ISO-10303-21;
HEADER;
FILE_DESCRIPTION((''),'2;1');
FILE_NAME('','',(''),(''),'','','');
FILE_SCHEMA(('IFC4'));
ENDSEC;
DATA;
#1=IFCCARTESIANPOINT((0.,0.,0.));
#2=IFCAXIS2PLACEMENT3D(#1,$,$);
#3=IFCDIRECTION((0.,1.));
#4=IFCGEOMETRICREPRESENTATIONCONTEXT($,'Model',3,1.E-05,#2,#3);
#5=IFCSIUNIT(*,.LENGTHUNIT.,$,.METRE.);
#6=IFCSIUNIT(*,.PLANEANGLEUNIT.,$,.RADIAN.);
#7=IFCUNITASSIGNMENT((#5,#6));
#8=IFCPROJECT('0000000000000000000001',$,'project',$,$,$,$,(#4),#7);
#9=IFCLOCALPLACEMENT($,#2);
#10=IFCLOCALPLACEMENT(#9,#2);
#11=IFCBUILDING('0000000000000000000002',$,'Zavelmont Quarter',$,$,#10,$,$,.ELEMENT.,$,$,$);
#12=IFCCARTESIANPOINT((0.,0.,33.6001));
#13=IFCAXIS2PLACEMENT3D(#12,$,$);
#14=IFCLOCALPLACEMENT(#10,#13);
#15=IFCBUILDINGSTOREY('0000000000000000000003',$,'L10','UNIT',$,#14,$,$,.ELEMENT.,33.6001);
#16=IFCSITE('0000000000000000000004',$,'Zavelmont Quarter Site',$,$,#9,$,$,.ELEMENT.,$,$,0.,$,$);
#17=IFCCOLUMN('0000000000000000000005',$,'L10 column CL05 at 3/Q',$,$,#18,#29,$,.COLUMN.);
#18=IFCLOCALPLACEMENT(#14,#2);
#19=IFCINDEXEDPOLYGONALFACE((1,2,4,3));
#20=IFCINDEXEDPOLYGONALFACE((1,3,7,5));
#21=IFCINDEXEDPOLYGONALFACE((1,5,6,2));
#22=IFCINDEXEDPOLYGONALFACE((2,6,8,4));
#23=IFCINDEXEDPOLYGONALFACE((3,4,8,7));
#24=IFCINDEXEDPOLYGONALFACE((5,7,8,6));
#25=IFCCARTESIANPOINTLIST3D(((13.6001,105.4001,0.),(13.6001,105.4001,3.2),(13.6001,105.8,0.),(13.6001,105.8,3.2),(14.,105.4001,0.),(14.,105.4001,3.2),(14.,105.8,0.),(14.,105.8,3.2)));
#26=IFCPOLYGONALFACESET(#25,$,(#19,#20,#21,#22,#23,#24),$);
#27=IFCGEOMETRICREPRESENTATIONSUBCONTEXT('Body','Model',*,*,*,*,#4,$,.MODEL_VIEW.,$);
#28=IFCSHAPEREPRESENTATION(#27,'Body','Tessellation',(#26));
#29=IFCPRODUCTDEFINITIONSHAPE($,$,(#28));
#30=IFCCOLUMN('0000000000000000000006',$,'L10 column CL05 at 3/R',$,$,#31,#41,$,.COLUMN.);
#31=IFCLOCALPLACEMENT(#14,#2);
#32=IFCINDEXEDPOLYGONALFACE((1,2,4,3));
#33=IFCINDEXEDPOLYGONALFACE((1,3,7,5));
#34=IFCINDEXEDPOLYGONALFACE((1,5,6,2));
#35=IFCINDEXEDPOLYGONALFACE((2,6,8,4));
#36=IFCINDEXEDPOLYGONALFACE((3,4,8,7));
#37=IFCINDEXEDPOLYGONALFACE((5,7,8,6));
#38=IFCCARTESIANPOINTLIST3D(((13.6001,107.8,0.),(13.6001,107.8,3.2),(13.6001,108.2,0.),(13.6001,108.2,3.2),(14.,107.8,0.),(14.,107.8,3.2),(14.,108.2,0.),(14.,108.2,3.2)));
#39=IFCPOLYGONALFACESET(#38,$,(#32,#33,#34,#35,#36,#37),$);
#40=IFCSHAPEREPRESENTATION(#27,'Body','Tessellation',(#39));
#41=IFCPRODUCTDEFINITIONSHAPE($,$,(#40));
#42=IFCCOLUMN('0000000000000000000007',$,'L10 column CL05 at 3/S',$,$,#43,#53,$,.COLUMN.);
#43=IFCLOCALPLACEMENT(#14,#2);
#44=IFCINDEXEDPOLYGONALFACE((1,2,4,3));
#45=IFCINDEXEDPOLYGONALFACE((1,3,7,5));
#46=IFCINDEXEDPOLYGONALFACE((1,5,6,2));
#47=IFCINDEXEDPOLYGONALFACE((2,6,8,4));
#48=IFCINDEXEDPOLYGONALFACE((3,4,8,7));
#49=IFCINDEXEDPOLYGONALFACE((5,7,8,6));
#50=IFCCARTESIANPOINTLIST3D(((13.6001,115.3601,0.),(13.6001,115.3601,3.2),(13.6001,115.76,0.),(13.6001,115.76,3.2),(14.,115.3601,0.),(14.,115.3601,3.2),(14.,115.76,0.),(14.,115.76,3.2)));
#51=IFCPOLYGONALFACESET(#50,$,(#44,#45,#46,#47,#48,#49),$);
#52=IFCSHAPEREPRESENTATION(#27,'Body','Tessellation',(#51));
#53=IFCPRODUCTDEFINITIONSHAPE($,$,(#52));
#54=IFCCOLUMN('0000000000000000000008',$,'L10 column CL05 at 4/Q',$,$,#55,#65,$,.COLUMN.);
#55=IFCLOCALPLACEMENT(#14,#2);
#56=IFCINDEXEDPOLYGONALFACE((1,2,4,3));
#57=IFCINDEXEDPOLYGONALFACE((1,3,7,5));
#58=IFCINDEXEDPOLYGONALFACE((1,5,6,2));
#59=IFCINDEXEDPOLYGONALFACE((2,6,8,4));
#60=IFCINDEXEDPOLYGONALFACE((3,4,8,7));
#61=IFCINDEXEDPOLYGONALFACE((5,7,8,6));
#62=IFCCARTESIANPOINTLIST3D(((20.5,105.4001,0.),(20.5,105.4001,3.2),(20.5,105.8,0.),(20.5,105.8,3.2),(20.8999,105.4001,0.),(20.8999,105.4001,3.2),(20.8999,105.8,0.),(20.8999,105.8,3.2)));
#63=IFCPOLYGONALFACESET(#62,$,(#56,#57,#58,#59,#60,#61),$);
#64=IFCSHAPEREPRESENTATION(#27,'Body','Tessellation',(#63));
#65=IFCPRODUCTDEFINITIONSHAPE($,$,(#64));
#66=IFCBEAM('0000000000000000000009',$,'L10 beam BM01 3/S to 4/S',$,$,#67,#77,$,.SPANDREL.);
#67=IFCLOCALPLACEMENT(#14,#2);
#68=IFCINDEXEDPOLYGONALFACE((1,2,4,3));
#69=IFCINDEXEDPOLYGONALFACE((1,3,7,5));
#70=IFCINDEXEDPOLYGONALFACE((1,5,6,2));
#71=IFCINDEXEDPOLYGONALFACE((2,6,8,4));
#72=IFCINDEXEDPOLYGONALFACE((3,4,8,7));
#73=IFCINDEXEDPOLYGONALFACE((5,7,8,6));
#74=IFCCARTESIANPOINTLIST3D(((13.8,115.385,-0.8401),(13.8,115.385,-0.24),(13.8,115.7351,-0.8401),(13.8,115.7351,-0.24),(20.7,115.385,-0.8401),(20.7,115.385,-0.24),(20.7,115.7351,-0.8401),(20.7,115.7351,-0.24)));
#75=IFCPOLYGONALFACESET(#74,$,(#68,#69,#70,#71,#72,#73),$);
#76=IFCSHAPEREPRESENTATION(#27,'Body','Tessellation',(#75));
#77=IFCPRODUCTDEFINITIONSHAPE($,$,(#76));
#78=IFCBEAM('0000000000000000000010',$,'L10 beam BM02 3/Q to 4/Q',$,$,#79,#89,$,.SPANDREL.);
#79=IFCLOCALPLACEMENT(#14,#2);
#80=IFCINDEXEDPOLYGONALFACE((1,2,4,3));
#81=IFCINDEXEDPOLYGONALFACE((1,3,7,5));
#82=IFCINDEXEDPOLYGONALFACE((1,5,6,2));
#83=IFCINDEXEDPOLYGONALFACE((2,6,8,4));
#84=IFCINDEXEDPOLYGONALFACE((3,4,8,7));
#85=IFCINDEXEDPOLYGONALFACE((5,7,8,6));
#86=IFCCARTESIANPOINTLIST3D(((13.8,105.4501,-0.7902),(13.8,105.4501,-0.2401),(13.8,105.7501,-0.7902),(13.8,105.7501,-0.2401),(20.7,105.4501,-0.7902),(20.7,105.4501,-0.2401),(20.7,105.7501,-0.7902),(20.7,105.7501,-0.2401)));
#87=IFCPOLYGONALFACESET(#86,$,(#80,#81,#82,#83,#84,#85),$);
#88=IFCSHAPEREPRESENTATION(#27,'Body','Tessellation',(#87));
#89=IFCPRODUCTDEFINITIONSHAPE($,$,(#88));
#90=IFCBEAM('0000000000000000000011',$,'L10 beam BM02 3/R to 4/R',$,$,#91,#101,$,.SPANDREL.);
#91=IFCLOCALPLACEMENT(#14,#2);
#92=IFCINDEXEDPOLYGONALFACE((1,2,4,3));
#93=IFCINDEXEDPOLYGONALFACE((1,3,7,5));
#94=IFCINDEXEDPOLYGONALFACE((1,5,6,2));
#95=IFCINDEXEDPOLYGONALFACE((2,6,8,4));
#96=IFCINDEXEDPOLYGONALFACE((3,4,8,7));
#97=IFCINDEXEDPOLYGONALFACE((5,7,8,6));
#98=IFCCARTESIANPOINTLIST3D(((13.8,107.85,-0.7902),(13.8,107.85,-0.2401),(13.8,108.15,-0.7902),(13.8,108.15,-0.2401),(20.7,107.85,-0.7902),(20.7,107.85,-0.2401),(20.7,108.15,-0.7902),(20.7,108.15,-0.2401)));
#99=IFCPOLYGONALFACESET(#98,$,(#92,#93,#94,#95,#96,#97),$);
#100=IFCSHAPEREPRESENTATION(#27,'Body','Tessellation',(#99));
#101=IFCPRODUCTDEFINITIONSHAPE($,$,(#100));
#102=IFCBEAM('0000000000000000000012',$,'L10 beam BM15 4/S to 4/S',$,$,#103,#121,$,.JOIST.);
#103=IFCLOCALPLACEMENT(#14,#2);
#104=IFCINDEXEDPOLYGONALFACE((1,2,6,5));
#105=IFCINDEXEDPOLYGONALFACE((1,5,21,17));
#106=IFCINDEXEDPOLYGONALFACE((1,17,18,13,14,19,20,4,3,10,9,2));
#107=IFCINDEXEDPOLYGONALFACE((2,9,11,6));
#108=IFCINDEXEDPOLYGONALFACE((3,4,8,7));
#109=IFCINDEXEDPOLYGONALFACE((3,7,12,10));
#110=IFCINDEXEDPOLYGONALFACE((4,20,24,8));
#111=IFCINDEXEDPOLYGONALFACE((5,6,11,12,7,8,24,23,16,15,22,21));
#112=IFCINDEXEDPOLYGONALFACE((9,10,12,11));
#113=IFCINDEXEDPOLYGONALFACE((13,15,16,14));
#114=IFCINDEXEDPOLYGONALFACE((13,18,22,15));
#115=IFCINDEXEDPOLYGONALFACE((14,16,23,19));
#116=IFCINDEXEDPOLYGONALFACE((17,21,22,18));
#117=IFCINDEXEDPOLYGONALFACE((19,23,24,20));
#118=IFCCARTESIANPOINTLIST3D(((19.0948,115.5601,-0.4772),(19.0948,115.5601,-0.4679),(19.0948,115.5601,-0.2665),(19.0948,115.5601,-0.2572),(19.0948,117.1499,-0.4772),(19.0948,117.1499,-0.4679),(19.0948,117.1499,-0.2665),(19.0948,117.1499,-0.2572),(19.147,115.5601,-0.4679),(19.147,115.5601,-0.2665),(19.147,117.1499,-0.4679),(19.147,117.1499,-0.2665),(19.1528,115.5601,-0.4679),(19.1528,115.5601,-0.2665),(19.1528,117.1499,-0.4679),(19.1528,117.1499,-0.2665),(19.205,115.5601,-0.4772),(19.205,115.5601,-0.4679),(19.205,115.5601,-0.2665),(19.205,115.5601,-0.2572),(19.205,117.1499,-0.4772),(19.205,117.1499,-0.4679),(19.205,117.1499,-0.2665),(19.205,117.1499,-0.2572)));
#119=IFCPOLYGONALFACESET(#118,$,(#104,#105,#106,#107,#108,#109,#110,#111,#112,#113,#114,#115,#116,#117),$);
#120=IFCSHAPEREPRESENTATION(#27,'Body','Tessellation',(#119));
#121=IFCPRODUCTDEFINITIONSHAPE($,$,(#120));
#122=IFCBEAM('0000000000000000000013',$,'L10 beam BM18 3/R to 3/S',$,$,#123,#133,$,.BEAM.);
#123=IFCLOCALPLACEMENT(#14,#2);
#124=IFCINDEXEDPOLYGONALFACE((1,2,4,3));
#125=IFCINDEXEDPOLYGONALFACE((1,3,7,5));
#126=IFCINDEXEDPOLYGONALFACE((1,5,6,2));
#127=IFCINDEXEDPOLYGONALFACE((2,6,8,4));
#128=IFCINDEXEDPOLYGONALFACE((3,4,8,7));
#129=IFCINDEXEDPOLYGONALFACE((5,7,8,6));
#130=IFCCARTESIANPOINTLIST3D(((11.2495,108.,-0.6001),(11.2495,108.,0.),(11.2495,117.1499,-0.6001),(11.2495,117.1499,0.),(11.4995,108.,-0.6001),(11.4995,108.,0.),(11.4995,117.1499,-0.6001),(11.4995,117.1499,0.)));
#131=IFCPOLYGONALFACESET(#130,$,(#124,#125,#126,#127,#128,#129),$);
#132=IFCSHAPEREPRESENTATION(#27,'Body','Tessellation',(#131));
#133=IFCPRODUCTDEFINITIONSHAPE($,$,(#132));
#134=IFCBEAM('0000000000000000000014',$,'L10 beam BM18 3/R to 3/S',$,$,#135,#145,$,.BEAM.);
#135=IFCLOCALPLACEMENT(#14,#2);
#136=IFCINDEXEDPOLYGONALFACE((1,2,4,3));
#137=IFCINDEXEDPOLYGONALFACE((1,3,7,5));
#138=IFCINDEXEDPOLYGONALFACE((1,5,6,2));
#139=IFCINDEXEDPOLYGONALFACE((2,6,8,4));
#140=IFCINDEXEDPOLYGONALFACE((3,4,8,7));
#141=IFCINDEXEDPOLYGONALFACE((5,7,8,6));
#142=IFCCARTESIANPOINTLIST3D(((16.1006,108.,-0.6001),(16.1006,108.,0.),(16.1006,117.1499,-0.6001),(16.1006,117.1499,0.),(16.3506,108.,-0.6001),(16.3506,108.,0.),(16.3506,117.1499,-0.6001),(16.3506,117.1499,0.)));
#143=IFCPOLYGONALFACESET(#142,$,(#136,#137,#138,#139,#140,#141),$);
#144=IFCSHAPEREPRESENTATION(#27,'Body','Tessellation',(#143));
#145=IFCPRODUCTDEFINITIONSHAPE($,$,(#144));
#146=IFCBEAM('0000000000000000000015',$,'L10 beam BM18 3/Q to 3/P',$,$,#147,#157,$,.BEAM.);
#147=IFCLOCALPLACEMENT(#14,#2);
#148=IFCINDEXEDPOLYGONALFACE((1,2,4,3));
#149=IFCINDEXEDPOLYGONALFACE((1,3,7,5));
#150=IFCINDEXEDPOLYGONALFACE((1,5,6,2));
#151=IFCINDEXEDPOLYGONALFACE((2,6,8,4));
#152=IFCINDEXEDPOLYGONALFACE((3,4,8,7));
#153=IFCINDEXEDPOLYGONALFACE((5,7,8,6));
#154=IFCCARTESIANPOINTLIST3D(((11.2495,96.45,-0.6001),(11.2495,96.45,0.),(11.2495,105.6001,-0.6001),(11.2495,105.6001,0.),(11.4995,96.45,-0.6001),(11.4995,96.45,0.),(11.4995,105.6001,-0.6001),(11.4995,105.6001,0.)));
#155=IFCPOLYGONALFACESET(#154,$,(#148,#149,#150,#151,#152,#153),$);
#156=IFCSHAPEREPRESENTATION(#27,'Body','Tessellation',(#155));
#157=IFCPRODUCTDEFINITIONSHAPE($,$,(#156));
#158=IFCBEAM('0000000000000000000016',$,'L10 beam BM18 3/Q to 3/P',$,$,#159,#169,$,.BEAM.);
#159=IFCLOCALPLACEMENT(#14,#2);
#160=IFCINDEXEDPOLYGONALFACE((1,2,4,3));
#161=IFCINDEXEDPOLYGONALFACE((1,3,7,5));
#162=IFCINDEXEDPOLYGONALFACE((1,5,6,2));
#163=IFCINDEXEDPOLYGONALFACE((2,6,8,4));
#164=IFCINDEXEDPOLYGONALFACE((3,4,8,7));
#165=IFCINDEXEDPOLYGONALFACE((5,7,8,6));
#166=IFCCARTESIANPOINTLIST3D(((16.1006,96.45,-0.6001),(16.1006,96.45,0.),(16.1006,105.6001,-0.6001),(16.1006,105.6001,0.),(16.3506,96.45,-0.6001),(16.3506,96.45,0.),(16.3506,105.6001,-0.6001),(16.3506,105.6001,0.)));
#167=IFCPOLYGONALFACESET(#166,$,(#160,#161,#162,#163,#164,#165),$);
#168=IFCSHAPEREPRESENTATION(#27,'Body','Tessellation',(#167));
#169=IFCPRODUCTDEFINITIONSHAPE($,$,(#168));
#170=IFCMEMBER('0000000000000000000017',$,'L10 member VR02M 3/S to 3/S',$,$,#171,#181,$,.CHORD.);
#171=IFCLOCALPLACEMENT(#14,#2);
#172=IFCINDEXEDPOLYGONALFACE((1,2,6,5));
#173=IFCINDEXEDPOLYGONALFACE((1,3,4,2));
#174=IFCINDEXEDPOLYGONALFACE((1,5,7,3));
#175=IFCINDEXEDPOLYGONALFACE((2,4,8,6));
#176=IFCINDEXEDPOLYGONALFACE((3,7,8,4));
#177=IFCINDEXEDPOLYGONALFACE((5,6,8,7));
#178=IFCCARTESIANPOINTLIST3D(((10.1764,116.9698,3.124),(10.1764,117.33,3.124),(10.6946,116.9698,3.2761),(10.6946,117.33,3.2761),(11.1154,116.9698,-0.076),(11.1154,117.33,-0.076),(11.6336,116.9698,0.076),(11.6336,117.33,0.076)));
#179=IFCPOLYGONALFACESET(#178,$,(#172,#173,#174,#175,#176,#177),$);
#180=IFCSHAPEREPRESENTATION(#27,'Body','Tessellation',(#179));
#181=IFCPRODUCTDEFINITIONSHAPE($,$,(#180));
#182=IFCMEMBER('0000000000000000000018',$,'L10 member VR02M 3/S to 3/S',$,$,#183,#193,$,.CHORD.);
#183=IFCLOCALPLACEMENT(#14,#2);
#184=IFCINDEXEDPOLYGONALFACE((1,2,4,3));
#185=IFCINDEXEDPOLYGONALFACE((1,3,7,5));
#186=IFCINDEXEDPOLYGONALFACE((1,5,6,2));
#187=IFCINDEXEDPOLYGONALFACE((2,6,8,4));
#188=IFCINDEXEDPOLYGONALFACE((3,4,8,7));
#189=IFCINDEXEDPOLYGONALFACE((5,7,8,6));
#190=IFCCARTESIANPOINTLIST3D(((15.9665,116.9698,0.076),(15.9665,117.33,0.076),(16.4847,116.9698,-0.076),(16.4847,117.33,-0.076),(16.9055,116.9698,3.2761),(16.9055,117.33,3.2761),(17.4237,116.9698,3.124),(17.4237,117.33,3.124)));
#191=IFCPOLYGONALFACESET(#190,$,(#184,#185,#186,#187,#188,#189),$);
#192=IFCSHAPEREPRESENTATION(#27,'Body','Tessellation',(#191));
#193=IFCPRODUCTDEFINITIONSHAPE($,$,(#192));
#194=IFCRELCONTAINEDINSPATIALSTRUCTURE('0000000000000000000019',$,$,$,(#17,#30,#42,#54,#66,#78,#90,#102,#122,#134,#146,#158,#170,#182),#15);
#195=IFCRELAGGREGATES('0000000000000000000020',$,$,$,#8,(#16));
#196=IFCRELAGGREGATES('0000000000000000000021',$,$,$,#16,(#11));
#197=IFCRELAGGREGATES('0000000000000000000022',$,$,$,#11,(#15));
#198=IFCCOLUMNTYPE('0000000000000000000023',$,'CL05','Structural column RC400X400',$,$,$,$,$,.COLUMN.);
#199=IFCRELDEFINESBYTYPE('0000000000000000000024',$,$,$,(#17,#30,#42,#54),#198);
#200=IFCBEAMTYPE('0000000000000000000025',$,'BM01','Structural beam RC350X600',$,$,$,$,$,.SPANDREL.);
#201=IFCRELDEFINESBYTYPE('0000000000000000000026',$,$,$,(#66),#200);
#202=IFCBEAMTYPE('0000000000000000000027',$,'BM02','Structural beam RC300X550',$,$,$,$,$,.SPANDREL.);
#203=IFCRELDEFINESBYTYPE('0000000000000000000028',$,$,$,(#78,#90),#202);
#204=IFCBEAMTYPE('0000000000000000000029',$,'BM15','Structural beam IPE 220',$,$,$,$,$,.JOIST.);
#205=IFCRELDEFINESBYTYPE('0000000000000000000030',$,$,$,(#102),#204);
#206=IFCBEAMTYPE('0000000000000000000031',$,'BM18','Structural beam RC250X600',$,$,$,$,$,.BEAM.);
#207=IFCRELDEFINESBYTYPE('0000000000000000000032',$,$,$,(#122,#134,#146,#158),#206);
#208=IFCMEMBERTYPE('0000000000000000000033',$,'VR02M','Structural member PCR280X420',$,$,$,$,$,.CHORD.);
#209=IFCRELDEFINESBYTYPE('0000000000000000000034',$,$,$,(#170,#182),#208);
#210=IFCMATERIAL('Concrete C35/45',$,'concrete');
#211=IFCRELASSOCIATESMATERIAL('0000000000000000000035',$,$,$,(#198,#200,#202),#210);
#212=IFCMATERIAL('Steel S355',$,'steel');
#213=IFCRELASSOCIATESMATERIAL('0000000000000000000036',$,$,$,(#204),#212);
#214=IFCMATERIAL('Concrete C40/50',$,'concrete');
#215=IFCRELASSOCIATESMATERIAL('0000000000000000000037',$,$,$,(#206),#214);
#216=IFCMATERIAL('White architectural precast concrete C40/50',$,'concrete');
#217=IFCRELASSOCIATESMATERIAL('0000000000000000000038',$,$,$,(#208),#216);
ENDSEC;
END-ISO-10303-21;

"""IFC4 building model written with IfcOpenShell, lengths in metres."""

from ifc_helpers import new_model, si_unit, direction, frame, origin, origin_2d, place, context, subcontext, project, spatial, rectangle, i_section, extrude, material, material_profile, profile_set, type_object, element, save


model = new_model("IFC4")

# Units and contexts
model_context = context("Model", 3, precision=1e-05, world=origin(), true_north=direction((0.0, 1.0)))
body_context = subcontext(model_context, "Body", "Model", "MODEL_VIEW")
ifc_project = project(units=[si_unit("LENGTHUNIT", "METRE"), si_unit("PLANEANGLEUNIT", "RADIAN")], contexts=[model_context])

# Site, building, storey
site_placement = place(None, origin())
site = spatial("IfcSite", under=ifc_project, at=site_placement, Name="Zavelmont Quarter Site", CompositionType="ELEMENT", RefElevation=0.0)
building_placement = place(site_placement, origin())
building = spatial("IfcBuilding", under=site, at=building_placement, Name="Zavelmont Quarter", CompositionType="ELEMENT")
storey_placement = place(building_placement, frame((0.0, 0.0, 33.6001)))
storey = spatial("IfcBuildingStorey", under=building, at=storey_placement, Name="L10", Description="UNIT", CompositionType="ELEMENT", Elevation=33.6001)

# Columns
ifc_material_1 = material(Name="Concrete C35/45", Category="concrete")
ifc_material_profile_1 = material_profile(ifc_material_1, rectangle(XDim=0.3999, YDim=0.3999, at=origin_2d()), Name="RC400X400")
ifc_profile_set_1 = profile_set([ifc_material_profile_1], Name="Concrete C35/45")
column_type = type_object("IfcColumnType", Name="CL05", Description="Structural column RC400X400", PredefinedType="COLUMN", material=ifc_profile_set_1)
for number, where, z_axis, x_axis, name in (
    (1, (13.8, 105.6001, 0.0), (0.0, 0.0, 1.0), (1.0, 0.0, 0.0), "L10 column CL05 at 3/Q"),
    (2, (13.8, 108.0, 0.0), (0.0, 0.0, 1.0), (1.0, 0.0, 0.0), "L10 column CL05 at 3/R"),
    (3, (13.8, 115.5601, 0.0), (0.0, 0.0, 1.0), (1.0, 0.0, 0.0), "L10 column CL05 at 3/S"),
    (4, (20.7, 105.6001, 0.0), (0.0, 0.0, 1.0), (1.0, 0.0, 0.0), "L10 column CL05 at 4/Q"),
):
    element("IfcColumn", number, at=place(storey_placement, frame(where, z_axis=z_axis, x_axis=x_axis)), inside=storey, type_object=column_type, Name=name, PredefinedType="COLUMN", context=body_context, shape_type="SweptSolid", body=[
        extrude(rectangle(XDim=0.3999, YDim=0.3999, at=origin_2d()), origin(), (0.0, 0.0, 1.0), 3.2),
    ])

# Beams
ifc_material_profile_2 = material_profile(ifc_material_1, rectangle(XDim=0.3501, YDim=0.6001, at=origin_2d()), Name="RC350X600")
ifc_profile_set_2 = profile_set([ifc_material_profile_2], Name="Concrete C35/45")
beam_type_1 = type_object("IfcBeamType", Name="BM01", Description="Structural beam RC350X600", PredefinedType="SPANDREL", material=ifc_profile_set_2)
beam_1_placement = place(storey_placement, frame((13.8, 115.5601, -0.54), z_axis=(1.0, 0.0, 0.0), x_axis=(0.0, 1.0, 0.0)))
element("IfcBeam", 5, at=beam_1_placement, inside=storey, type_object=beam_type_1, Name="L10 beam BM01 3/S to 4/S", PredefinedType="SPANDREL", context=body_context, shape_type="SweptSolid", body=[
    extrude(rectangle(XDim=0.3501, YDim=0.6001, at=origin_2d()), origin(), (0.0, 0.0, 1.0), 6.8999),
])
ifc_material_profile_3 = material_profile(ifc_material_1, rectangle(XDim=0.3, YDim=0.55, at=origin_2d()), Name="RC300X550")
ifc_profile_set_3 = profile_set([ifc_material_profile_3], Name="Concrete C35/45")
beam_type_2 = type_object("IfcBeamType", Name="BM02", Description="Structural beam RC300X550", PredefinedType="SPANDREL", material=ifc_profile_set_3)
for number, where, z_axis, x_axis, name in (
    (6, (13.8, 105.6001, -0.5151), (1.0, 0.0, 0.0), (0.0, 1.0, 0.0), "L10 beam BM02 3/Q to 4/Q"),
    (7, (13.8, 108.0, -0.5151), (1.0, 0.0, 0.0), (0.0, 1.0, 0.0), "L10 beam BM02 3/R to 4/R"),
):
    element("IfcBeam", number, at=place(storey_placement, frame(where, z_axis=z_axis, x_axis=x_axis)), inside=storey, type_object=beam_type_2, Name=name, PredefinedType="SPANDREL", context=body_context, shape_type="SweptSolid", body=[
        extrude(rectangle(XDim=0.3, YDim=0.55, at=origin_2d()), origin(), (0.0, 0.0, 1.0), 6.8999),
    ])
ifc_material_2 = material(Name="Steel S355", Category="steel")
ifc_material_profile_4 = material_profile(ifc_material_2, i_section(OverallWidth=0.1101, OverallDepth=0.22, WebThickness=0.0059, FlangeThickness=0.0093, at=origin_2d()), Name="IPE 220")
ifc_profile_set_4 = profile_set([ifc_material_profile_4], Name="Steel S355")
beam_type_3 = type_object("IfcBeamType", Name="BM15", Description="Structural beam IPE 220", PredefinedType="JOIST", material=ifc_profile_set_4)
beam_2_placement = place(storey_placement, frame((19.1499, 115.5601, -0.3672), z_axis=(0.0, 1.0, 0.0), x_axis=(-1.0, 0.0, 0.0)))
element("IfcBeam", 8, at=beam_2_placement, inside=storey, type_object=beam_type_3, Name="L10 beam BM15 4/S to 4/S", PredefinedType="JOIST", context=body_context, shape_type="SweptSolid", body=[
    extrude(i_section(OverallWidth=0.1101, OverallDepth=0.22, WebThickness=0.0059, FlangeThickness=0.0093, at=origin_2d()), origin(), (0.0, 0.0, 1.0), 1.5898),
])
ifc_material_3 = material(Name="Concrete C40/50", Category="concrete")
ifc_material_profile_5 = material_profile(ifc_material_3, rectangle(XDim=0.25, YDim=0.6001, at=origin_2d()), Name="RC250X600")
ifc_profile_set_5 = profile_set([ifc_material_profile_5], Name="Concrete C40/50")
beam_type_4 = type_object("IfcBeamType", Name="BM18", Description="Structural beam RC250X600", PredefinedType="BEAM", material=ifc_profile_set_5)
for number, where, z_axis, x_axis, name in (
    (9, (11.3745, 108.0, -0.3), (0.0, 1.0, 0.0), (-1.0, 0.0, 0.0), "L10 beam BM18 3/R to 3/S"),
    (10, (16.2256, 108.0, -0.3), (0.0, 1.0, 0.0), (-1.0, 0.0, 0.0), "L10 beam BM18 3/R to 3/S"),
):
    element("IfcBeam", number, at=place(storey_placement, frame(where, z_axis=z_axis, x_axis=x_axis)), inside=storey, type_object=beam_type_4, Name=name, PredefinedType="BEAM", context=body_context, shape_type="SweptSolid", body=[
        extrude(rectangle(XDim=0.25, YDim=0.6001, at=origin_2d()), origin(), (0.0, 0.0, 1.0), 9.1499),
    ])
for number, where, z_axis, x_axis, name in (
    (11, (11.3745, 105.6001, -0.3), (0.0, -1.0, 0.0), (1.0, 0.0, 0.0), "L10 beam BM18 3/Q to 3/P"),
    (12, (16.2256, 105.6001, -0.3), (0.0, -1.0, 0.0), (1.0, 0.0, 0.0), "L10 beam BM18 3/Q to 3/P"),
):
    element("IfcBeam", number, at=place(storey_placement, frame(where, z_axis=z_axis, x_axis=x_axis)), inside=storey, type_object=beam_type_4, Name=name, PredefinedType="BEAM", context=body_context, shape_type="SweptSolid", body=[
        extrude(rectangle(XDim=0.25, YDim=0.6001, at=origin_2d()), origin(), (0.0, 0.0, 1.0), 9.1501),
    ])

# Members
ifc_material_4 = material(Name="White architectural precast concrete C40/50", Category="concrete")
ifc_material_profile_6 = material_profile(ifc_material_4, rectangle(XDim=0.3601, YDim=0.54, at=origin_2d()), Name="PCR280X420")
ifc_profile_set_6 = profile_set([ifc_material_profile_6], Name="White architectural precast concrete C40/50")
member_type = type_object("IfcMemberType", Name="VR02M", Description="Structural member PCR280X420", PredefinedType="CHORD", material=ifc_profile_set_6)
for number, where, z_axis, x_axis, name in (
    (13, (11.3745, 117.1499, 0.0), (-0.28156, 0.0, 0.959544), (0.0, -1.0, 0.0), "L10 member VR02M 3/S to 3/S"),
    (14, (16.2256, 117.1499, 0.0), (0.28156, 0.0, 0.959544), (0.0, 1.0, 0.0), "L10 member VR02M 3/S to 3/S"),
):
    element("IfcMember", number, at=place(storey_placement, frame(where, z_axis=z_axis, x_axis=x_axis)), inside=storey, type_object=member_type, Name=name, PredefinedType="CHORD", context=body_context, shape_type="SweptSolid", body=[
        extrude(rectangle(XDim=0.3601, YDim=0.54, at=origin_2d()), origin(), (0.0, 0.0, 1.0), 3.335),
    ])

save(model, "model.ifc")
